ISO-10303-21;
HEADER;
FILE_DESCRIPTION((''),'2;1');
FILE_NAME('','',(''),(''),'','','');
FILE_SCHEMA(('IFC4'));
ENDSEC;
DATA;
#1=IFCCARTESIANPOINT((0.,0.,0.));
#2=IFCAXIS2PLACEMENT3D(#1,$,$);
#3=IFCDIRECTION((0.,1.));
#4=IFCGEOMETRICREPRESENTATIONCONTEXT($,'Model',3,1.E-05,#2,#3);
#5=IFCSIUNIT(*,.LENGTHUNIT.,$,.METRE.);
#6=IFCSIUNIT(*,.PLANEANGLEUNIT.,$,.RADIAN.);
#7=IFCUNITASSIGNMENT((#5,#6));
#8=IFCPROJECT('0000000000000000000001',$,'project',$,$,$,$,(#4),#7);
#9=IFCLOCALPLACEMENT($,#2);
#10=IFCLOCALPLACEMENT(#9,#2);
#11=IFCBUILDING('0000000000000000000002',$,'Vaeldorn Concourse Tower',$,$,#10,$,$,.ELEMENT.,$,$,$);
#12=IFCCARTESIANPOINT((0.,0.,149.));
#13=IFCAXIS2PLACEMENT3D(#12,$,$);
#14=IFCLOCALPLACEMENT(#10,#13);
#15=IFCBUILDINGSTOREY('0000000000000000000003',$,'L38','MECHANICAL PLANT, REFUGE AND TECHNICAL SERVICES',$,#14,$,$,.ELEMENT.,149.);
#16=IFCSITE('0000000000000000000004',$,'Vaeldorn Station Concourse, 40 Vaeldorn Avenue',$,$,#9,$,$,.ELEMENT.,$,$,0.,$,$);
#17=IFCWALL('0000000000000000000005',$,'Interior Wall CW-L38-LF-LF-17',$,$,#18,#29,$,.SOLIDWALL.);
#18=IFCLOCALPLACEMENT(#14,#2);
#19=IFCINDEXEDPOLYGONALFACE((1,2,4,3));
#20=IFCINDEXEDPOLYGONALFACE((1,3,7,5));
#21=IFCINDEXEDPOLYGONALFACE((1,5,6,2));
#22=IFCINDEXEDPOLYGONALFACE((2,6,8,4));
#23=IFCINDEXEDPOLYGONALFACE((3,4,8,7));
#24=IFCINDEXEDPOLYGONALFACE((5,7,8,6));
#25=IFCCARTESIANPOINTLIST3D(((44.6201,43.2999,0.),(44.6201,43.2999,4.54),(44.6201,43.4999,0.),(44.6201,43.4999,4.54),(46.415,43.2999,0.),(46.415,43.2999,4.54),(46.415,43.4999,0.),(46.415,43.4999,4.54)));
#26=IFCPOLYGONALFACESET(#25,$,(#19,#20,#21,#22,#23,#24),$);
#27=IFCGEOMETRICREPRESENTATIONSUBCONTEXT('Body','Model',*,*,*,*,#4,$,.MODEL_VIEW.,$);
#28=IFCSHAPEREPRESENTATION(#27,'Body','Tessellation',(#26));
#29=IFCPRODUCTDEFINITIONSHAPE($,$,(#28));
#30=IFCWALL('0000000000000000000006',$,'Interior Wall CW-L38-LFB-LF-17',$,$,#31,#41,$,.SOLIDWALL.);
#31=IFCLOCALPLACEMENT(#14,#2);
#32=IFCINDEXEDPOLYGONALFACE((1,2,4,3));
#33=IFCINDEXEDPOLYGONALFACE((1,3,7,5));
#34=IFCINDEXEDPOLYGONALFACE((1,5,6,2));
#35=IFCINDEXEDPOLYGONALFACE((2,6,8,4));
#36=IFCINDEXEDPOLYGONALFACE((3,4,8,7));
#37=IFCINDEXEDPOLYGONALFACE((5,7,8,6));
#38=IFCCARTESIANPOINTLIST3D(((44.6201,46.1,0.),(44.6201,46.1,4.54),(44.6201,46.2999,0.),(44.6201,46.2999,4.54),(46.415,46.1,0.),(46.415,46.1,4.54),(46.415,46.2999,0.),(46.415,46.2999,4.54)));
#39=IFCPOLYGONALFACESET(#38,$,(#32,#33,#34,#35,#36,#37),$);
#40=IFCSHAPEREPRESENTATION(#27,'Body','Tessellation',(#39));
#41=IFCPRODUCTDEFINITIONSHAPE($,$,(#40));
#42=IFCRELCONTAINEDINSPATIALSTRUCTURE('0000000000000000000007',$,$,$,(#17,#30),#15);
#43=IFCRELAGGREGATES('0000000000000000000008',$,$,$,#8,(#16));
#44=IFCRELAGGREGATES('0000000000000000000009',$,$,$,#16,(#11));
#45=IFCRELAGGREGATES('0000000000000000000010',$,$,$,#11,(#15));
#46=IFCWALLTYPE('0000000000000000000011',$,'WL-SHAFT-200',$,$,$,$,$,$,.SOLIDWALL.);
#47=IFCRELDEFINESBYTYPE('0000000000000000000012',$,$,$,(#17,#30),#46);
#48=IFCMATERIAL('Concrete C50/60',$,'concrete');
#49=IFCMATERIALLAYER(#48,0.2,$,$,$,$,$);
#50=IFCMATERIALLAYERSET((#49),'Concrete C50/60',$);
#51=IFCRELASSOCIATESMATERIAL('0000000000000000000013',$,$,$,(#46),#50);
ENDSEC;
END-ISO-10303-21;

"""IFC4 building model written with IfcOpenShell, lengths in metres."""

from ifc_helpers import new_model, si_unit, direction, frame, frame_2d, origin, place, context, subcontext, project, spatial, rectangle, extrude, material, layer, layer_set, type_object, element, save


model = new_model("IFC4")

# Units and contexts
model_context = context("Model", 3, precision=1e-05, world=origin(), true_north=direction((0.0, 1.0)))
body_context = subcontext(model_context, "Body", "Model", "MODEL_VIEW")
ifc_project = project(units=[si_unit("LENGTHUNIT", "METRE"), si_unit("PLANEANGLEUNIT", "RADIAN")], contexts=[model_context])

# Site, building, storey
site_placement = place(None, origin())
site = spatial("IfcSite", under=ifc_project, at=site_placement, Name="Vaeldorn Station Concourse, 40 Vaeldorn Avenue", CompositionType="ELEMENT", RefElevation=0.0)
building_placement = place(site_placement, origin())
building = spatial("IfcBuilding", under=site, at=building_placement, Name="Vaeldorn Concourse Tower", CompositionType="ELEMENT")
storey_placement = place(building_placement, frame((0.0, 0.0, 149.0)))
storey = spatial("IfcBuildingStorey", under=building, at=storey_placement, Name="L38", Description="MECHANICAL PLANT, REFUGE AND TECHNICAL SERVICES", CompositionType="ELEMENT", Elevation=149.0)

# Walls
ifc_material_1 = material(Name="Concrete C50/60", Category="concrete")
ifc_layer_1 = layer(ifc_material_1, 0.2)
ifc_layer_set_1 = layer_set([ifc_layer_1], Name="Concrete C50/60")
wall_type_1 = type_object("IfcWallType", Name="WL-SHAFT-200", PredefinedType="SOLIDWALL", material=ifc_layer_set_1)
for number, where, z_axis, x_axis, name in (
    (1, (44.6201, 43.3999, 0.0), (0.0, 0.0, 1.0), (1.0, 0.0, 0.0), "Interior Wall CW-L38-LF-LF-17"),
    (2, (44.6201, 46.2, 0.0), (0.0, 0.0, 1.0), (1.0, 0.0, 0.0), "Interior Wall CW-L38-LFB-LF-17"),
):
    element("IfcWall", number, at=place(storey_placement, frame(where, z_axis=z_axis, x_axis=x_axis)), inside=storey, type_object=wall_type_1, Name=name, PredefinedType="SOLIDWALL", context=body_context, shape_type="SweptSolid", body=[
        extrude(rectangle(XDim=1.7949, YDim=0.2, at=frame_2d((0.8975, 0.0))), origin(), (0.0, 0.0, 1.0), 4.54),
    ])

save(model, "model.ifc")
